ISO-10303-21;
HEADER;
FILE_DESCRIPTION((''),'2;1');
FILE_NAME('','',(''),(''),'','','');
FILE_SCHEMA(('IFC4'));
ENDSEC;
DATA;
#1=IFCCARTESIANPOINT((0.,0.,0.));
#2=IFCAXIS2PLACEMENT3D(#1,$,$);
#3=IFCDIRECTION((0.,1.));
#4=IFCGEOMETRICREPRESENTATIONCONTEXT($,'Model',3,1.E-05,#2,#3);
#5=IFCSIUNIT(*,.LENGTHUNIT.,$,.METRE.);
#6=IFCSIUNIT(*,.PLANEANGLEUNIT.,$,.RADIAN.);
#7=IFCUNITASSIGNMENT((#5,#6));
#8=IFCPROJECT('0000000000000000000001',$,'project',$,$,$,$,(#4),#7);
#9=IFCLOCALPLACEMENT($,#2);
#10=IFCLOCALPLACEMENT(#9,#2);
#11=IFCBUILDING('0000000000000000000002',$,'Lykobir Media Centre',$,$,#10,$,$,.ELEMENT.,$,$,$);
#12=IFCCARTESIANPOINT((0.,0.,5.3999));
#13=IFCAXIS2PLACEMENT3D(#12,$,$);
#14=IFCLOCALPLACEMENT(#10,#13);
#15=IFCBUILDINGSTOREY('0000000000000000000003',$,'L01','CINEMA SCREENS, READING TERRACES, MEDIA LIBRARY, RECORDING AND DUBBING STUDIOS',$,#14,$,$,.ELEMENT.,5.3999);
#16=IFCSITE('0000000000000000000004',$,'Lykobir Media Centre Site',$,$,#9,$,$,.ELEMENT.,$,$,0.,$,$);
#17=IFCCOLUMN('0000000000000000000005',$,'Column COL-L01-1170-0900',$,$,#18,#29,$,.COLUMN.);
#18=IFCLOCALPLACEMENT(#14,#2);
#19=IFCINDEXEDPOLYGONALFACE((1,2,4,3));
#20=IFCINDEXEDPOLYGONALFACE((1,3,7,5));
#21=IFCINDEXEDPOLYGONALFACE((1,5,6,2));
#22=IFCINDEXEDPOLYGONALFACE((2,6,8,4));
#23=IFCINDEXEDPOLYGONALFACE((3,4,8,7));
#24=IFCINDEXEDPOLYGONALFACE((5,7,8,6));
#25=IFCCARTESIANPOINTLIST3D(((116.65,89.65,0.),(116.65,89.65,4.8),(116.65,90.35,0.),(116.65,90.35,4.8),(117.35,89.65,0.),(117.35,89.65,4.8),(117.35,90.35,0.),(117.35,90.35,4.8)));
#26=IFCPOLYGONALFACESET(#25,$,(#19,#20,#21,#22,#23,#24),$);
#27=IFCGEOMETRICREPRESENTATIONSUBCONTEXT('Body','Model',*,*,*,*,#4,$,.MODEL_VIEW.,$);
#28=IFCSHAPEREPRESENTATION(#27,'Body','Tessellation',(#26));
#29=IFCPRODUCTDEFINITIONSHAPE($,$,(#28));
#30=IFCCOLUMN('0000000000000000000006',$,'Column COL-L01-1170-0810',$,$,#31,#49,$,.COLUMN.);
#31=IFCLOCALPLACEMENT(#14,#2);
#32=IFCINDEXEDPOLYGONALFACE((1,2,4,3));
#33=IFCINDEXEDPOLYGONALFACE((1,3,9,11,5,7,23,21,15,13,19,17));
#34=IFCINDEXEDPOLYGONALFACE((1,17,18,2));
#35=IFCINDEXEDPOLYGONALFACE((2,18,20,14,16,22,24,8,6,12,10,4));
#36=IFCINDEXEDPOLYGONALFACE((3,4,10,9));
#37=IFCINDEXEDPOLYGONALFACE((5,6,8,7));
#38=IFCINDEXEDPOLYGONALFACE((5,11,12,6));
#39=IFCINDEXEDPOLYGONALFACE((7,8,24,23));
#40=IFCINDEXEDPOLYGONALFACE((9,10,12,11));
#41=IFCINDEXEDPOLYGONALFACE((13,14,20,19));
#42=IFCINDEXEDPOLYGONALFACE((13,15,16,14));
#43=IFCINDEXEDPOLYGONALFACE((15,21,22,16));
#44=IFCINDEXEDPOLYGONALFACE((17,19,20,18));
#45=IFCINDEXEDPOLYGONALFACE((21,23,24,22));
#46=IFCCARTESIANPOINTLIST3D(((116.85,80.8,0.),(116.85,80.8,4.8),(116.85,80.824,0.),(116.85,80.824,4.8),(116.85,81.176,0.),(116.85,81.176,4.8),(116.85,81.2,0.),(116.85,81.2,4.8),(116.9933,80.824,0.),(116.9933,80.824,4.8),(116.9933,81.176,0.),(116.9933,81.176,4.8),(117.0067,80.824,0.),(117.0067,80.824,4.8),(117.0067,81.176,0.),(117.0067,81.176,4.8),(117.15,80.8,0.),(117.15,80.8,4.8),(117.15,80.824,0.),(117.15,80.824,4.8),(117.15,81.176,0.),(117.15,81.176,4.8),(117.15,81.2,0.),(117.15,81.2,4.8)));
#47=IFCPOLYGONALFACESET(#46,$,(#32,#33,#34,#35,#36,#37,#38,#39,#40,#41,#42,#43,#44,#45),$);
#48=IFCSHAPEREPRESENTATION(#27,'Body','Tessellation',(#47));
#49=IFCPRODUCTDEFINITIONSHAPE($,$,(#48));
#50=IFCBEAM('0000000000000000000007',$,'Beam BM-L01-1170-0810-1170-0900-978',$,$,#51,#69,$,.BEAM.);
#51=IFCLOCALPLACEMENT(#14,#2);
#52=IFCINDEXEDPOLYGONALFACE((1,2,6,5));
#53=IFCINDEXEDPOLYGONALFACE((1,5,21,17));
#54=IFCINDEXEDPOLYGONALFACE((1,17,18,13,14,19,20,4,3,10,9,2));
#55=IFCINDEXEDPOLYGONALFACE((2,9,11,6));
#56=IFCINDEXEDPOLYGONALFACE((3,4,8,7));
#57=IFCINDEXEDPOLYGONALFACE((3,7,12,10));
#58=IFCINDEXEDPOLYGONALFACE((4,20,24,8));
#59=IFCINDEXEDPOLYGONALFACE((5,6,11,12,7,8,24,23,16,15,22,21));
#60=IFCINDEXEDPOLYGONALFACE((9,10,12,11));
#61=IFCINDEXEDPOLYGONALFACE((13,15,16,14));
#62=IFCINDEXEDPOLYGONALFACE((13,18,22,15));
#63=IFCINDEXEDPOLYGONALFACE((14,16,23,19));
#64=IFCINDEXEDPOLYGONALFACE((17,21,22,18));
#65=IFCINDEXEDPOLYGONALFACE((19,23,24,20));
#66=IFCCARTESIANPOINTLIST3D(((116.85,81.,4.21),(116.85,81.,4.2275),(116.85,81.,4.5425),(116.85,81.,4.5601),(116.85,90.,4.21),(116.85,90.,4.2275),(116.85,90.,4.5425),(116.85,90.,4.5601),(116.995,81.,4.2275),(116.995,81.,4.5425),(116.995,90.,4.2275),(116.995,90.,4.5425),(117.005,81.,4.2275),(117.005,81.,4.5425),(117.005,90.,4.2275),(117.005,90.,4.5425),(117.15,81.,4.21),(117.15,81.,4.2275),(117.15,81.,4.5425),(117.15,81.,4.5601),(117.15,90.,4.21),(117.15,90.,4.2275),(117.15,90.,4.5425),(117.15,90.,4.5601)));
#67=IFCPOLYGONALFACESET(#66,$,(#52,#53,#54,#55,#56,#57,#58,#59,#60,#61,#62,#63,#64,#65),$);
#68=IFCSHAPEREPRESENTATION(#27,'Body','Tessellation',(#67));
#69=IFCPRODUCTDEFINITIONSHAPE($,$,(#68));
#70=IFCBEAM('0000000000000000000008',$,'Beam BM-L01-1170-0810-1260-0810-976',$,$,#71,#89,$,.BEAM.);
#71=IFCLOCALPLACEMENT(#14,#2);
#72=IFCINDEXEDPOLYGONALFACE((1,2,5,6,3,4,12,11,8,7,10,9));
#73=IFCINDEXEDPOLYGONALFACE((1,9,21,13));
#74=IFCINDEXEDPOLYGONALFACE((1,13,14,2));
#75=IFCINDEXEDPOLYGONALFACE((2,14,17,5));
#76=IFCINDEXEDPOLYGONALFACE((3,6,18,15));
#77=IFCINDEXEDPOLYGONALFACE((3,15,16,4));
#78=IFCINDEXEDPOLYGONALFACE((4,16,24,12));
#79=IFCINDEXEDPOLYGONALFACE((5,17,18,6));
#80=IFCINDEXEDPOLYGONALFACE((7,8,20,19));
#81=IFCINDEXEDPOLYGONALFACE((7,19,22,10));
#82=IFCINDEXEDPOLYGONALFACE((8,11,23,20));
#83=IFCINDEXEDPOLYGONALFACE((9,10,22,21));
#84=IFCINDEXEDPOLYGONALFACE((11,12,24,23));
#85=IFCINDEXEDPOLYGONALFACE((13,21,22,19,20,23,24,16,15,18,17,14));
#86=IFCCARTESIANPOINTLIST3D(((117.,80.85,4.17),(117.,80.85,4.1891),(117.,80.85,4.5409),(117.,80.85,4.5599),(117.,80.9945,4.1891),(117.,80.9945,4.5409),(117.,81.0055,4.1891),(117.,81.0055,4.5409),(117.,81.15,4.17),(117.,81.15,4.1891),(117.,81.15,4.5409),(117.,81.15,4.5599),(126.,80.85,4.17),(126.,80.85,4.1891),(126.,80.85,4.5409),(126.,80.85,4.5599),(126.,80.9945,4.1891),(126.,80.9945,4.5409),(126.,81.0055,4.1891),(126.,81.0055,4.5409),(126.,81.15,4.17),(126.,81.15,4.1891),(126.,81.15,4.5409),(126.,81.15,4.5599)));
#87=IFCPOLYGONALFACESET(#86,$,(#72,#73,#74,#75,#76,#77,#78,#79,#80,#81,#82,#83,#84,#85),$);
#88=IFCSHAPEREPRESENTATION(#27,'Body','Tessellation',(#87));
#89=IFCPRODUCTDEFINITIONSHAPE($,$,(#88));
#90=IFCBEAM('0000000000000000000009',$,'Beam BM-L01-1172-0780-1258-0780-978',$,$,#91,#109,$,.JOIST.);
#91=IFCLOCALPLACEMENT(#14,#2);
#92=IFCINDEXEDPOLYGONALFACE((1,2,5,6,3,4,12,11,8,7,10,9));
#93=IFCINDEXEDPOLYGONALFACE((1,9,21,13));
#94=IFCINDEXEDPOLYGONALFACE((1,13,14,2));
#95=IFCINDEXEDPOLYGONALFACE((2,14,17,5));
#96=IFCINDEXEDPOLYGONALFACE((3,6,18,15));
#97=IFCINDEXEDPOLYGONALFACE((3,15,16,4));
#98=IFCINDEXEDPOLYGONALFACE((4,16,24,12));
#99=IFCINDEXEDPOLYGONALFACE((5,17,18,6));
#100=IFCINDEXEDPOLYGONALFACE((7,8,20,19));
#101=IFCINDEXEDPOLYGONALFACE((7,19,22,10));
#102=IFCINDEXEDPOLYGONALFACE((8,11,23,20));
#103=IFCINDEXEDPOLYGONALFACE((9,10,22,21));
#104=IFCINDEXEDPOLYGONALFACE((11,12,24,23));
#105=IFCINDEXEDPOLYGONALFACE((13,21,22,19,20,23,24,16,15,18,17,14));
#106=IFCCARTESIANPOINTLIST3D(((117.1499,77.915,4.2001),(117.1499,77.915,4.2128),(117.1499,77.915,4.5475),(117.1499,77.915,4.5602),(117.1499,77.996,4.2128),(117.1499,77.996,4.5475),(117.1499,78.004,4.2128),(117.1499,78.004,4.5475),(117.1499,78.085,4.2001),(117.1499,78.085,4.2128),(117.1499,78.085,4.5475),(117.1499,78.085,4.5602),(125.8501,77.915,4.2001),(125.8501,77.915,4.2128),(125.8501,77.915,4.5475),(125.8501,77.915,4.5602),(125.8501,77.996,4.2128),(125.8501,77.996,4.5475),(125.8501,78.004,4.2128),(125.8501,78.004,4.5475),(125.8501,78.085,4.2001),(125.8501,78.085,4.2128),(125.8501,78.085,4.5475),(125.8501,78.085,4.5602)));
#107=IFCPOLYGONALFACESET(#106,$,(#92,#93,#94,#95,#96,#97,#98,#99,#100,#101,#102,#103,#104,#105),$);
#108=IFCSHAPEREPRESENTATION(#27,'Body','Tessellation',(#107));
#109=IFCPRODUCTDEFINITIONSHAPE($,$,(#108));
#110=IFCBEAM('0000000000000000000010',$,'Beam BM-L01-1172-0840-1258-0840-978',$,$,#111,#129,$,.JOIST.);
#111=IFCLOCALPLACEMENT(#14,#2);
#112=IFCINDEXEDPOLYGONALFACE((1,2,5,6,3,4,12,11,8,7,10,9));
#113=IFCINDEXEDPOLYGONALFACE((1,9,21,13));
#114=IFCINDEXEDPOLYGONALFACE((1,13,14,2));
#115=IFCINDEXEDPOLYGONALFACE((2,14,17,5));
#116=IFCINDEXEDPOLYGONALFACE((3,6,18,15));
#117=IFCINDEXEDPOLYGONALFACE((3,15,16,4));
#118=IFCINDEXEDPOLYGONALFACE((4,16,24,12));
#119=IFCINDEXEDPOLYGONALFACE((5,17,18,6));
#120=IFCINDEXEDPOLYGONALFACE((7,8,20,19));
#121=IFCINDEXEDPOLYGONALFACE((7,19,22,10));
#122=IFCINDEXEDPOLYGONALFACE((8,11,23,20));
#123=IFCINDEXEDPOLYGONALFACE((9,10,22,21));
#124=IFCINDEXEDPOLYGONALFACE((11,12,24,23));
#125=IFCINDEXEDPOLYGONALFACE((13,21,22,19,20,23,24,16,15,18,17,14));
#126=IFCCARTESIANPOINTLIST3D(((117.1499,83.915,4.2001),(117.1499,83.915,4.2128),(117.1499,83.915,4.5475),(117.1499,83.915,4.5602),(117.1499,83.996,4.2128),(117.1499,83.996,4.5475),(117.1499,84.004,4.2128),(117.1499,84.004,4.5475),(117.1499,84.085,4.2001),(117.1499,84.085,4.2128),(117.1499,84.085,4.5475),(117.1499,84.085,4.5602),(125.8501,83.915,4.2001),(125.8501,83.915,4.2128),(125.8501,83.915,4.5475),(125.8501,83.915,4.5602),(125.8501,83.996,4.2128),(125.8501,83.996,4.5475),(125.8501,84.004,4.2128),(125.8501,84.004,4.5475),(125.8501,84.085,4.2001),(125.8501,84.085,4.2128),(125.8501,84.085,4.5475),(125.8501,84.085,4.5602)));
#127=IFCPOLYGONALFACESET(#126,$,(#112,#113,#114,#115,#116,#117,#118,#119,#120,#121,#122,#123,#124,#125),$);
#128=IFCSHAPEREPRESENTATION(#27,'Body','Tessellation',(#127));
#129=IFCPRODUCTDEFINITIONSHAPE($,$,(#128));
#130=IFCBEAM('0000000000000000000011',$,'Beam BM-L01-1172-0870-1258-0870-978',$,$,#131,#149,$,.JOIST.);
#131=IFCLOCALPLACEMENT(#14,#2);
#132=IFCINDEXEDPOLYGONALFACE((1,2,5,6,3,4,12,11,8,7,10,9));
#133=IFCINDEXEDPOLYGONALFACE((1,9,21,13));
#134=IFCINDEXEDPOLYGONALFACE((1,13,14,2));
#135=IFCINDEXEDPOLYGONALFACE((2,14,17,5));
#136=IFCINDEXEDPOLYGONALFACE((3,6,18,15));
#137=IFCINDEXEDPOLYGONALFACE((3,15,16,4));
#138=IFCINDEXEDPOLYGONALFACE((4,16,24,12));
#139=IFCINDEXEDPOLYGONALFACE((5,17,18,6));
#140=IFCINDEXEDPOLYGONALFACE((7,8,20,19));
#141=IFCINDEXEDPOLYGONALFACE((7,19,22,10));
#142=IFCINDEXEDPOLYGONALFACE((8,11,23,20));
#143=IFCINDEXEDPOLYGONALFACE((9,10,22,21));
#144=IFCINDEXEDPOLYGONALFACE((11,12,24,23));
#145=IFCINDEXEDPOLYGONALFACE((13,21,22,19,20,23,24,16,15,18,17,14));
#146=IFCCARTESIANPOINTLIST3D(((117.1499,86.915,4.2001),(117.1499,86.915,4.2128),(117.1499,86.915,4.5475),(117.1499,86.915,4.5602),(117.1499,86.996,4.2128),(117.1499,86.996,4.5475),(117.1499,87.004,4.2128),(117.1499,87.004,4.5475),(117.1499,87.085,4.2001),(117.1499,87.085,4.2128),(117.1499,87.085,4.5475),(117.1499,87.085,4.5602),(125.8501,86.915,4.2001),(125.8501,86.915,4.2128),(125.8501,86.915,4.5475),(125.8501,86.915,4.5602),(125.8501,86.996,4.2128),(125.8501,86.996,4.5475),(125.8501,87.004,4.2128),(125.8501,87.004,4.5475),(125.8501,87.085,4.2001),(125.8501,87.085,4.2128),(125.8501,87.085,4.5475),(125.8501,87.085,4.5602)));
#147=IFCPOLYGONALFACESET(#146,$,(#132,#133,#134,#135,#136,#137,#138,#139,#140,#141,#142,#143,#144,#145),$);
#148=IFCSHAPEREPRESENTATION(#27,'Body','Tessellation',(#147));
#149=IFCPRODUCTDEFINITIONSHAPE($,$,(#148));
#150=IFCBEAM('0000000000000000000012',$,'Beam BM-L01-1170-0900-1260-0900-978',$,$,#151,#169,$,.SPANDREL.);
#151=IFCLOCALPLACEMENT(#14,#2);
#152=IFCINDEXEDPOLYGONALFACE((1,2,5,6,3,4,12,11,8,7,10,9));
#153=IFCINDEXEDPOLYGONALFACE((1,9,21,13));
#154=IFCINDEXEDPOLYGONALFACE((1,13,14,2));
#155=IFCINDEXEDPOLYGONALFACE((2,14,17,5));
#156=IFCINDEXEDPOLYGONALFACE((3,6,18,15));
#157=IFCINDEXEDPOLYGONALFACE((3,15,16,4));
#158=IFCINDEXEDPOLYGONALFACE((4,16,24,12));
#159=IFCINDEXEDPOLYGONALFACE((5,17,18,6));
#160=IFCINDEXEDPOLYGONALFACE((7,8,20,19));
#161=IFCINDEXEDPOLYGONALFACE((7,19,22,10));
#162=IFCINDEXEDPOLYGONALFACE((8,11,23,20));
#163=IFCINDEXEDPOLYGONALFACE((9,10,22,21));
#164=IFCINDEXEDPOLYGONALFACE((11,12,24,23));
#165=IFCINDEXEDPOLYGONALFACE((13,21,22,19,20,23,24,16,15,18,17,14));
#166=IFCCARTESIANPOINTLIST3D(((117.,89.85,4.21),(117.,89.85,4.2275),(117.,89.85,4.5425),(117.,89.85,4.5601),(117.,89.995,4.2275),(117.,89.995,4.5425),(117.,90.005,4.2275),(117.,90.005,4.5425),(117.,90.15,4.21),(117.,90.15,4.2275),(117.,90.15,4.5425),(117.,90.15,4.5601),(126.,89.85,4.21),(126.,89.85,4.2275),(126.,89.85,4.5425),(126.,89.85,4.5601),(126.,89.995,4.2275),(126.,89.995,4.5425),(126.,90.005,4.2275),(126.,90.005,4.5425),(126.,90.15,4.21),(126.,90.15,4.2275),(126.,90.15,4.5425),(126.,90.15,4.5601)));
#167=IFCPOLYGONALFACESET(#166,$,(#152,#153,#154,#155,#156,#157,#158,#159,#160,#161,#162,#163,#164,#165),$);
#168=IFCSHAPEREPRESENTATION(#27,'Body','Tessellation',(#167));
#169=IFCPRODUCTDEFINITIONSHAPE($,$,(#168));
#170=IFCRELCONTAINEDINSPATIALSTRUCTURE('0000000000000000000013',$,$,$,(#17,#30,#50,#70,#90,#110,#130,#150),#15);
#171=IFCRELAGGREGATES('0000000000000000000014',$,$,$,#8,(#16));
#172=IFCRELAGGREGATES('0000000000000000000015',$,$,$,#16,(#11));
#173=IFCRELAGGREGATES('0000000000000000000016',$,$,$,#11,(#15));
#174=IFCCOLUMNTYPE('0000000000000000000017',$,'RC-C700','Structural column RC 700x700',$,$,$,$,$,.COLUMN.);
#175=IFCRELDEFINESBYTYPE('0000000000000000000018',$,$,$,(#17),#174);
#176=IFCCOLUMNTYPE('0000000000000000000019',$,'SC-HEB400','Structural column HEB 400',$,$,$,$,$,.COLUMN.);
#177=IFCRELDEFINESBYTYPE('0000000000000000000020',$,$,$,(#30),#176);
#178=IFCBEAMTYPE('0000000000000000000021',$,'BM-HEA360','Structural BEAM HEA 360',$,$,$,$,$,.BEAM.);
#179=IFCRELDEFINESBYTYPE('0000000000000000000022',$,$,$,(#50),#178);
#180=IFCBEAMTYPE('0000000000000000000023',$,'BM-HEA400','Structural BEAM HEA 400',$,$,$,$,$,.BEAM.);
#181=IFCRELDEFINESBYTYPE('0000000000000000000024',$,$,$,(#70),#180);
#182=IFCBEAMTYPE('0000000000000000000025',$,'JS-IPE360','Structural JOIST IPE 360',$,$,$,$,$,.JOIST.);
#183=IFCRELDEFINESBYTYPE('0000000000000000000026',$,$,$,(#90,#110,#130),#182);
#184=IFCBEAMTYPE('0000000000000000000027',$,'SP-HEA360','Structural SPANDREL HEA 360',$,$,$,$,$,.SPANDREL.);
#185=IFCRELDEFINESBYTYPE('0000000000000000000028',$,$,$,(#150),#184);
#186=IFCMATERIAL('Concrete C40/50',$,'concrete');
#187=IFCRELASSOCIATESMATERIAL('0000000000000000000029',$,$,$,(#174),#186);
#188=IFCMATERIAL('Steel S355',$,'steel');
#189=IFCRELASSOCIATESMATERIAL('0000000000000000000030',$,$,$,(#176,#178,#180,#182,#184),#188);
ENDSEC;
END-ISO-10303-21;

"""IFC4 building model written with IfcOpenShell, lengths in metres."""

from ifc_helpers import new_model, si_unit, direction, frame, origin, origin_2d, place, context, subcontext, project, spatial, rectangle, i_section, extrude, material, material_profile, profile_set, type_object, element, save


model = new_model("IFC4")

# Units and contexts
model_context = context("Model", 3, precision=1e-05, world=origin(), true_north=direction((0.0, 1.0)))
body_context = subcontext(model_context, "Body", "Model", "MODEL_VIEW")
ifc_project = project(units=[si_unit("LENGTHUNIT", "METRE"), si_unit("PLANEANGLEUNIT", "RADIAN")], contexts=[model_context])

# Site, building, storey
site_placement = place(None, origin())
site = spatial("IfcSite", under=ifc_project, at=site_placement, Name="Lykobir Media Centre Site", CompositionType="ELEMENT", RefElevation=0.0)
building_placement = place(site_placement, origin())
building = spatial("IfcBuilding", under=site, at=building_placement, Name="Lykobir Media Centre", CompositionType="ELEMENT")
storey_placement = place(building_placement, frame((0.0, 0.0, 5.3999)))
storey = spatial("IfcBuildingStorey", under=building, at=storey_placement, Name="L01", Description="CINEMA SCREENS, READING TERRACES, MEDIA LIBRARY, RECORDING AND DUBBING STUDIOS", CompositionType="ELEMENT", Elevation=5.3999)

# Columns
ifc_material_1 = material(Name="Concrete C40/50", Category="concrete")
ifc_material_profile_1 = material_profile(ifc_material_1, rectangle(XDim=0.7, YDim=0.7, at=origin_2d()), Name="RC 700x700")
ifc_profile_set_1 = profile_set([ifc_material_profile_1], Name="Concrete C40/50")
column_type_1 = type_object("IfcColumnType", Name="RC-C700", Description="Structural column RC 700x700", PredefinedType="COLUMN", material=ifc_profile_set_1)
column_1_placement = place(storey_placement, frame((117.0, 90.0, 0.0), z_axis=(0.0, 0.0, 1.0), x_axis=(1.0, 0.0, 0.0)))
element("IfcColumn", 1, at=column_1_placement, inside=storey, type_object=column_type_1, Name="Column COL-L01-1170-0900", PredefinedType="COLUMN", context=body_context, shape_type="SweptSolid", body=[
    extrude(rectangle(XDim=0.7, YDim=0.7, at=origin_2d()), origin(), (0.0, 0.0, 1.0), 4.8),
])
ifc_material_2 = material(Name="Steel S355", Category="steel")
ifc_material_profile_2 = material_profile(ifc_material_2, i_section(OverallWidth=0.3, OverallDepth=0.3999, WebThickness=0.0134, FlangeThickness=0.0239, at=origin_2d()), Name="HEB 400")
ifc_profile_set_2 = profile_set([ifc_material_profile_2], Name="Steel S355")
column_type_2 = type_object("IfcColumnType", Name="SC-HEB400", Description="Structural column HEB 400", PredefinedType="COLUMN", material=ifc_profile_set_2)
column_2_placement = place(storey_placement, frame((117.0, 81.0, 0.0), z_axis=(0.0, 0.0, 1.0), x_axis=(1.0, 0.0, 0.0)))
element("IfcColumn", 2, at=column_2_placement, inside=storey, type_object=column_type_2, Name="Column COL-L01-1170-0810", PredefinedType="COLUMN", context=body_context, shape_type="SweptSolid", body=[
    extrude(i_section(OverallWidth=0.3, OverallDepth=0.3999, WebThickness=0.0134, FlangeThickness=0.0239, at=origin_2d()), origin(), (0.0, 0.0, 1.0), 4.8),
])

# Beams
ifc_material_profile_3 = material_profile(ifc_material_2, i_section(OverallWidth=0.3, OverallDepth=0.3501, WebThickness=0.01, FlangeThickness=0.0176, at=origin_2d()), Name="HEA 360")
ifc_profile_set_3 = profile_set([ifc_material_profile_3], Name="Steel S355")
beam_type_1 = type_object("IfcBeamType", Name="BM-HEA360", Description="Structural BEAM HEA 360", PredefinedType="BEAM", material=ifc_profile_set_3)
beam_1_placement = place(storey_placement, frame((117.0, 81.0, 4.385), z_axis=(0.0, 1.0, 0.0), x_axis=(-1.0, 0.0, 0.0)))
element("IfcBeam", 3, at=beam_1_placement, inside=storey, type_object=beam_type_1, Name="Beam BM-L01-1170-0810-1170-0900-978", PredefinedType="BEAM", context=body_context, shape_type="SweptSolid", body=[
    extrude(i_section(OverallWidth=0.3, OverallDepth=0.3501, WebThickness=0.01, FlangeThickness=0.0176, at=origin_2d()), origin(), (0.0, 0.0, 1.0), 9.0),
])
ifc_material_profile_4 = material_profile(ifc_material_2, i_section(OverallWidth=0.3, OverallDepth=0.3899, WebThickness=0.011, FlangeThickness=0.019, at=origin_2d()), Name="HEA 400")
ifc_profile_set_4 = profile_set([ifc_material_profile_4], Name="Steel S355")
beam_type_2 = type_object("IfcBeamType", Name="BM-HEA400", Description="Structural BEAM HEA 400", PredefinedType="BEAM", material=ifc_profile_set_4)
beam_2_placement = place(storey_placement, frame((117.0, 81.0, 4.365), z_axis=(1.0, 0.0, 0.0), x_axis=(0.0, 1.0, 0.0)))
element("IfcBeam", 4, at=beam_2_placement, inside=storey, type_object=beam_type_2, Name="Beam BM-L01-1170-0810-1260-0810-976", PredefinedType="BEAM", context=body_context, shape_type="SweptSolid", body=[
    extrude(i_section(OverallWidth=0.3, OverallDepth=0.3899, WebThickness=0.011, FlangeThickness=0.019, at=origin_2d()), origin(), (0.0, 0.0, 1.0), 9.0),
])
ifc_material_profile_5 = material_profile(ifc_material_2, i_section(OverallWidth=0.1699, OverallDepth=0.3601, WebThickness=0.0081, FlangeThickness=0.0127, at=origin_2d()), Name="IPE 360")
ifc_profile_set_5 = profile_set([ifc_material_profile_5], Name="Steel S355")
beam_type_3 = type_object("IfcBeamType", Name="JS-IPE360", Description="Structural JOIST IPE 360", PredefinedType="JOIST", material=ifc_profile_set_5)
for number, where, z_axis, x_axis, name in (
    (5, (117.1499, 78.0, 4.3801), (1.0, 0.0, 0.0), (0.0, 1.0, 0.0), "Beam BM-L01-1172-0780-1258-0780-978"),
    (6, (117.1499, 84.0, 4.3801), (1.0, 0.0, 0.0), (0.0, 1.0, 0.0), "Beam BM-L01-1172-0840-1258-0840-978"),
    (7, (117.1499, 87.0, 4.3801), (1.0, 0.0, 0.0), (0.0, 1.0, 0.0), "Beam BM-L01-1172-0870-1258-0870-978"),
):
    element("IfcBeam", number, at=place(storey_placement, frame(where, z_axis=z_axis, x_axis=x_axis)), inside=storey, type_object=beam_type_3, Name=name, PredefinedType="JOIST", context=body_context, shape_type="SweptSolid", body=[
        extrude(i_section(OverallWidth=0.1699, OverallDepth=0.3601, WebThickness=0.0081, FlangeThickness=0.0127, at=origin_2d()), origin(), (0.0, 0.0, 1.0), 8.7002),
    ])
ifc_material_profile_6 = material_profile(ifc_material_2, i_section(OverallWidth=0.3, OverallDepth=0.3501, WebThickness=0.01, FlangeThickness=0.0176, at=origin_2d()), Name="HEA 360")
ifc_profile_set_6 = profile_set([ifc_material_profile_6], Name="Steel S355")
beam_type_4 = type_object("IfcBeamType", Name="SP-HEA360", Description="Structural SPANDREL HEA 360", PredefinedType="SPANDREL", material=ifc_profile_set_6)
beam_3_placement = place(storey_placement, frame((117.0, 90.0, 4.385), z_axis=(1.0, 0.0, 0.0), x_axis=(0.0, 1.0, 0.0)))
element("IfcBeam", 8, at=beam_3_placement, inside=storey, type_object=beam_type_4, Name="Beam BM-L01-1170-0900-1260-0900-978", PredefinedType="SPANDREL", context=body_context, shape_type="SweptSolid", body=[
    extrude(i_section(OverallWidth=0.3, OverallDepth=0.3501, WebThickness=0.01, FlangeThickness=0.0176, at=origin_2d()), origin(), (0.0, 0.0, 1.0), 9.0),
])

save(model, "model.ifc")
